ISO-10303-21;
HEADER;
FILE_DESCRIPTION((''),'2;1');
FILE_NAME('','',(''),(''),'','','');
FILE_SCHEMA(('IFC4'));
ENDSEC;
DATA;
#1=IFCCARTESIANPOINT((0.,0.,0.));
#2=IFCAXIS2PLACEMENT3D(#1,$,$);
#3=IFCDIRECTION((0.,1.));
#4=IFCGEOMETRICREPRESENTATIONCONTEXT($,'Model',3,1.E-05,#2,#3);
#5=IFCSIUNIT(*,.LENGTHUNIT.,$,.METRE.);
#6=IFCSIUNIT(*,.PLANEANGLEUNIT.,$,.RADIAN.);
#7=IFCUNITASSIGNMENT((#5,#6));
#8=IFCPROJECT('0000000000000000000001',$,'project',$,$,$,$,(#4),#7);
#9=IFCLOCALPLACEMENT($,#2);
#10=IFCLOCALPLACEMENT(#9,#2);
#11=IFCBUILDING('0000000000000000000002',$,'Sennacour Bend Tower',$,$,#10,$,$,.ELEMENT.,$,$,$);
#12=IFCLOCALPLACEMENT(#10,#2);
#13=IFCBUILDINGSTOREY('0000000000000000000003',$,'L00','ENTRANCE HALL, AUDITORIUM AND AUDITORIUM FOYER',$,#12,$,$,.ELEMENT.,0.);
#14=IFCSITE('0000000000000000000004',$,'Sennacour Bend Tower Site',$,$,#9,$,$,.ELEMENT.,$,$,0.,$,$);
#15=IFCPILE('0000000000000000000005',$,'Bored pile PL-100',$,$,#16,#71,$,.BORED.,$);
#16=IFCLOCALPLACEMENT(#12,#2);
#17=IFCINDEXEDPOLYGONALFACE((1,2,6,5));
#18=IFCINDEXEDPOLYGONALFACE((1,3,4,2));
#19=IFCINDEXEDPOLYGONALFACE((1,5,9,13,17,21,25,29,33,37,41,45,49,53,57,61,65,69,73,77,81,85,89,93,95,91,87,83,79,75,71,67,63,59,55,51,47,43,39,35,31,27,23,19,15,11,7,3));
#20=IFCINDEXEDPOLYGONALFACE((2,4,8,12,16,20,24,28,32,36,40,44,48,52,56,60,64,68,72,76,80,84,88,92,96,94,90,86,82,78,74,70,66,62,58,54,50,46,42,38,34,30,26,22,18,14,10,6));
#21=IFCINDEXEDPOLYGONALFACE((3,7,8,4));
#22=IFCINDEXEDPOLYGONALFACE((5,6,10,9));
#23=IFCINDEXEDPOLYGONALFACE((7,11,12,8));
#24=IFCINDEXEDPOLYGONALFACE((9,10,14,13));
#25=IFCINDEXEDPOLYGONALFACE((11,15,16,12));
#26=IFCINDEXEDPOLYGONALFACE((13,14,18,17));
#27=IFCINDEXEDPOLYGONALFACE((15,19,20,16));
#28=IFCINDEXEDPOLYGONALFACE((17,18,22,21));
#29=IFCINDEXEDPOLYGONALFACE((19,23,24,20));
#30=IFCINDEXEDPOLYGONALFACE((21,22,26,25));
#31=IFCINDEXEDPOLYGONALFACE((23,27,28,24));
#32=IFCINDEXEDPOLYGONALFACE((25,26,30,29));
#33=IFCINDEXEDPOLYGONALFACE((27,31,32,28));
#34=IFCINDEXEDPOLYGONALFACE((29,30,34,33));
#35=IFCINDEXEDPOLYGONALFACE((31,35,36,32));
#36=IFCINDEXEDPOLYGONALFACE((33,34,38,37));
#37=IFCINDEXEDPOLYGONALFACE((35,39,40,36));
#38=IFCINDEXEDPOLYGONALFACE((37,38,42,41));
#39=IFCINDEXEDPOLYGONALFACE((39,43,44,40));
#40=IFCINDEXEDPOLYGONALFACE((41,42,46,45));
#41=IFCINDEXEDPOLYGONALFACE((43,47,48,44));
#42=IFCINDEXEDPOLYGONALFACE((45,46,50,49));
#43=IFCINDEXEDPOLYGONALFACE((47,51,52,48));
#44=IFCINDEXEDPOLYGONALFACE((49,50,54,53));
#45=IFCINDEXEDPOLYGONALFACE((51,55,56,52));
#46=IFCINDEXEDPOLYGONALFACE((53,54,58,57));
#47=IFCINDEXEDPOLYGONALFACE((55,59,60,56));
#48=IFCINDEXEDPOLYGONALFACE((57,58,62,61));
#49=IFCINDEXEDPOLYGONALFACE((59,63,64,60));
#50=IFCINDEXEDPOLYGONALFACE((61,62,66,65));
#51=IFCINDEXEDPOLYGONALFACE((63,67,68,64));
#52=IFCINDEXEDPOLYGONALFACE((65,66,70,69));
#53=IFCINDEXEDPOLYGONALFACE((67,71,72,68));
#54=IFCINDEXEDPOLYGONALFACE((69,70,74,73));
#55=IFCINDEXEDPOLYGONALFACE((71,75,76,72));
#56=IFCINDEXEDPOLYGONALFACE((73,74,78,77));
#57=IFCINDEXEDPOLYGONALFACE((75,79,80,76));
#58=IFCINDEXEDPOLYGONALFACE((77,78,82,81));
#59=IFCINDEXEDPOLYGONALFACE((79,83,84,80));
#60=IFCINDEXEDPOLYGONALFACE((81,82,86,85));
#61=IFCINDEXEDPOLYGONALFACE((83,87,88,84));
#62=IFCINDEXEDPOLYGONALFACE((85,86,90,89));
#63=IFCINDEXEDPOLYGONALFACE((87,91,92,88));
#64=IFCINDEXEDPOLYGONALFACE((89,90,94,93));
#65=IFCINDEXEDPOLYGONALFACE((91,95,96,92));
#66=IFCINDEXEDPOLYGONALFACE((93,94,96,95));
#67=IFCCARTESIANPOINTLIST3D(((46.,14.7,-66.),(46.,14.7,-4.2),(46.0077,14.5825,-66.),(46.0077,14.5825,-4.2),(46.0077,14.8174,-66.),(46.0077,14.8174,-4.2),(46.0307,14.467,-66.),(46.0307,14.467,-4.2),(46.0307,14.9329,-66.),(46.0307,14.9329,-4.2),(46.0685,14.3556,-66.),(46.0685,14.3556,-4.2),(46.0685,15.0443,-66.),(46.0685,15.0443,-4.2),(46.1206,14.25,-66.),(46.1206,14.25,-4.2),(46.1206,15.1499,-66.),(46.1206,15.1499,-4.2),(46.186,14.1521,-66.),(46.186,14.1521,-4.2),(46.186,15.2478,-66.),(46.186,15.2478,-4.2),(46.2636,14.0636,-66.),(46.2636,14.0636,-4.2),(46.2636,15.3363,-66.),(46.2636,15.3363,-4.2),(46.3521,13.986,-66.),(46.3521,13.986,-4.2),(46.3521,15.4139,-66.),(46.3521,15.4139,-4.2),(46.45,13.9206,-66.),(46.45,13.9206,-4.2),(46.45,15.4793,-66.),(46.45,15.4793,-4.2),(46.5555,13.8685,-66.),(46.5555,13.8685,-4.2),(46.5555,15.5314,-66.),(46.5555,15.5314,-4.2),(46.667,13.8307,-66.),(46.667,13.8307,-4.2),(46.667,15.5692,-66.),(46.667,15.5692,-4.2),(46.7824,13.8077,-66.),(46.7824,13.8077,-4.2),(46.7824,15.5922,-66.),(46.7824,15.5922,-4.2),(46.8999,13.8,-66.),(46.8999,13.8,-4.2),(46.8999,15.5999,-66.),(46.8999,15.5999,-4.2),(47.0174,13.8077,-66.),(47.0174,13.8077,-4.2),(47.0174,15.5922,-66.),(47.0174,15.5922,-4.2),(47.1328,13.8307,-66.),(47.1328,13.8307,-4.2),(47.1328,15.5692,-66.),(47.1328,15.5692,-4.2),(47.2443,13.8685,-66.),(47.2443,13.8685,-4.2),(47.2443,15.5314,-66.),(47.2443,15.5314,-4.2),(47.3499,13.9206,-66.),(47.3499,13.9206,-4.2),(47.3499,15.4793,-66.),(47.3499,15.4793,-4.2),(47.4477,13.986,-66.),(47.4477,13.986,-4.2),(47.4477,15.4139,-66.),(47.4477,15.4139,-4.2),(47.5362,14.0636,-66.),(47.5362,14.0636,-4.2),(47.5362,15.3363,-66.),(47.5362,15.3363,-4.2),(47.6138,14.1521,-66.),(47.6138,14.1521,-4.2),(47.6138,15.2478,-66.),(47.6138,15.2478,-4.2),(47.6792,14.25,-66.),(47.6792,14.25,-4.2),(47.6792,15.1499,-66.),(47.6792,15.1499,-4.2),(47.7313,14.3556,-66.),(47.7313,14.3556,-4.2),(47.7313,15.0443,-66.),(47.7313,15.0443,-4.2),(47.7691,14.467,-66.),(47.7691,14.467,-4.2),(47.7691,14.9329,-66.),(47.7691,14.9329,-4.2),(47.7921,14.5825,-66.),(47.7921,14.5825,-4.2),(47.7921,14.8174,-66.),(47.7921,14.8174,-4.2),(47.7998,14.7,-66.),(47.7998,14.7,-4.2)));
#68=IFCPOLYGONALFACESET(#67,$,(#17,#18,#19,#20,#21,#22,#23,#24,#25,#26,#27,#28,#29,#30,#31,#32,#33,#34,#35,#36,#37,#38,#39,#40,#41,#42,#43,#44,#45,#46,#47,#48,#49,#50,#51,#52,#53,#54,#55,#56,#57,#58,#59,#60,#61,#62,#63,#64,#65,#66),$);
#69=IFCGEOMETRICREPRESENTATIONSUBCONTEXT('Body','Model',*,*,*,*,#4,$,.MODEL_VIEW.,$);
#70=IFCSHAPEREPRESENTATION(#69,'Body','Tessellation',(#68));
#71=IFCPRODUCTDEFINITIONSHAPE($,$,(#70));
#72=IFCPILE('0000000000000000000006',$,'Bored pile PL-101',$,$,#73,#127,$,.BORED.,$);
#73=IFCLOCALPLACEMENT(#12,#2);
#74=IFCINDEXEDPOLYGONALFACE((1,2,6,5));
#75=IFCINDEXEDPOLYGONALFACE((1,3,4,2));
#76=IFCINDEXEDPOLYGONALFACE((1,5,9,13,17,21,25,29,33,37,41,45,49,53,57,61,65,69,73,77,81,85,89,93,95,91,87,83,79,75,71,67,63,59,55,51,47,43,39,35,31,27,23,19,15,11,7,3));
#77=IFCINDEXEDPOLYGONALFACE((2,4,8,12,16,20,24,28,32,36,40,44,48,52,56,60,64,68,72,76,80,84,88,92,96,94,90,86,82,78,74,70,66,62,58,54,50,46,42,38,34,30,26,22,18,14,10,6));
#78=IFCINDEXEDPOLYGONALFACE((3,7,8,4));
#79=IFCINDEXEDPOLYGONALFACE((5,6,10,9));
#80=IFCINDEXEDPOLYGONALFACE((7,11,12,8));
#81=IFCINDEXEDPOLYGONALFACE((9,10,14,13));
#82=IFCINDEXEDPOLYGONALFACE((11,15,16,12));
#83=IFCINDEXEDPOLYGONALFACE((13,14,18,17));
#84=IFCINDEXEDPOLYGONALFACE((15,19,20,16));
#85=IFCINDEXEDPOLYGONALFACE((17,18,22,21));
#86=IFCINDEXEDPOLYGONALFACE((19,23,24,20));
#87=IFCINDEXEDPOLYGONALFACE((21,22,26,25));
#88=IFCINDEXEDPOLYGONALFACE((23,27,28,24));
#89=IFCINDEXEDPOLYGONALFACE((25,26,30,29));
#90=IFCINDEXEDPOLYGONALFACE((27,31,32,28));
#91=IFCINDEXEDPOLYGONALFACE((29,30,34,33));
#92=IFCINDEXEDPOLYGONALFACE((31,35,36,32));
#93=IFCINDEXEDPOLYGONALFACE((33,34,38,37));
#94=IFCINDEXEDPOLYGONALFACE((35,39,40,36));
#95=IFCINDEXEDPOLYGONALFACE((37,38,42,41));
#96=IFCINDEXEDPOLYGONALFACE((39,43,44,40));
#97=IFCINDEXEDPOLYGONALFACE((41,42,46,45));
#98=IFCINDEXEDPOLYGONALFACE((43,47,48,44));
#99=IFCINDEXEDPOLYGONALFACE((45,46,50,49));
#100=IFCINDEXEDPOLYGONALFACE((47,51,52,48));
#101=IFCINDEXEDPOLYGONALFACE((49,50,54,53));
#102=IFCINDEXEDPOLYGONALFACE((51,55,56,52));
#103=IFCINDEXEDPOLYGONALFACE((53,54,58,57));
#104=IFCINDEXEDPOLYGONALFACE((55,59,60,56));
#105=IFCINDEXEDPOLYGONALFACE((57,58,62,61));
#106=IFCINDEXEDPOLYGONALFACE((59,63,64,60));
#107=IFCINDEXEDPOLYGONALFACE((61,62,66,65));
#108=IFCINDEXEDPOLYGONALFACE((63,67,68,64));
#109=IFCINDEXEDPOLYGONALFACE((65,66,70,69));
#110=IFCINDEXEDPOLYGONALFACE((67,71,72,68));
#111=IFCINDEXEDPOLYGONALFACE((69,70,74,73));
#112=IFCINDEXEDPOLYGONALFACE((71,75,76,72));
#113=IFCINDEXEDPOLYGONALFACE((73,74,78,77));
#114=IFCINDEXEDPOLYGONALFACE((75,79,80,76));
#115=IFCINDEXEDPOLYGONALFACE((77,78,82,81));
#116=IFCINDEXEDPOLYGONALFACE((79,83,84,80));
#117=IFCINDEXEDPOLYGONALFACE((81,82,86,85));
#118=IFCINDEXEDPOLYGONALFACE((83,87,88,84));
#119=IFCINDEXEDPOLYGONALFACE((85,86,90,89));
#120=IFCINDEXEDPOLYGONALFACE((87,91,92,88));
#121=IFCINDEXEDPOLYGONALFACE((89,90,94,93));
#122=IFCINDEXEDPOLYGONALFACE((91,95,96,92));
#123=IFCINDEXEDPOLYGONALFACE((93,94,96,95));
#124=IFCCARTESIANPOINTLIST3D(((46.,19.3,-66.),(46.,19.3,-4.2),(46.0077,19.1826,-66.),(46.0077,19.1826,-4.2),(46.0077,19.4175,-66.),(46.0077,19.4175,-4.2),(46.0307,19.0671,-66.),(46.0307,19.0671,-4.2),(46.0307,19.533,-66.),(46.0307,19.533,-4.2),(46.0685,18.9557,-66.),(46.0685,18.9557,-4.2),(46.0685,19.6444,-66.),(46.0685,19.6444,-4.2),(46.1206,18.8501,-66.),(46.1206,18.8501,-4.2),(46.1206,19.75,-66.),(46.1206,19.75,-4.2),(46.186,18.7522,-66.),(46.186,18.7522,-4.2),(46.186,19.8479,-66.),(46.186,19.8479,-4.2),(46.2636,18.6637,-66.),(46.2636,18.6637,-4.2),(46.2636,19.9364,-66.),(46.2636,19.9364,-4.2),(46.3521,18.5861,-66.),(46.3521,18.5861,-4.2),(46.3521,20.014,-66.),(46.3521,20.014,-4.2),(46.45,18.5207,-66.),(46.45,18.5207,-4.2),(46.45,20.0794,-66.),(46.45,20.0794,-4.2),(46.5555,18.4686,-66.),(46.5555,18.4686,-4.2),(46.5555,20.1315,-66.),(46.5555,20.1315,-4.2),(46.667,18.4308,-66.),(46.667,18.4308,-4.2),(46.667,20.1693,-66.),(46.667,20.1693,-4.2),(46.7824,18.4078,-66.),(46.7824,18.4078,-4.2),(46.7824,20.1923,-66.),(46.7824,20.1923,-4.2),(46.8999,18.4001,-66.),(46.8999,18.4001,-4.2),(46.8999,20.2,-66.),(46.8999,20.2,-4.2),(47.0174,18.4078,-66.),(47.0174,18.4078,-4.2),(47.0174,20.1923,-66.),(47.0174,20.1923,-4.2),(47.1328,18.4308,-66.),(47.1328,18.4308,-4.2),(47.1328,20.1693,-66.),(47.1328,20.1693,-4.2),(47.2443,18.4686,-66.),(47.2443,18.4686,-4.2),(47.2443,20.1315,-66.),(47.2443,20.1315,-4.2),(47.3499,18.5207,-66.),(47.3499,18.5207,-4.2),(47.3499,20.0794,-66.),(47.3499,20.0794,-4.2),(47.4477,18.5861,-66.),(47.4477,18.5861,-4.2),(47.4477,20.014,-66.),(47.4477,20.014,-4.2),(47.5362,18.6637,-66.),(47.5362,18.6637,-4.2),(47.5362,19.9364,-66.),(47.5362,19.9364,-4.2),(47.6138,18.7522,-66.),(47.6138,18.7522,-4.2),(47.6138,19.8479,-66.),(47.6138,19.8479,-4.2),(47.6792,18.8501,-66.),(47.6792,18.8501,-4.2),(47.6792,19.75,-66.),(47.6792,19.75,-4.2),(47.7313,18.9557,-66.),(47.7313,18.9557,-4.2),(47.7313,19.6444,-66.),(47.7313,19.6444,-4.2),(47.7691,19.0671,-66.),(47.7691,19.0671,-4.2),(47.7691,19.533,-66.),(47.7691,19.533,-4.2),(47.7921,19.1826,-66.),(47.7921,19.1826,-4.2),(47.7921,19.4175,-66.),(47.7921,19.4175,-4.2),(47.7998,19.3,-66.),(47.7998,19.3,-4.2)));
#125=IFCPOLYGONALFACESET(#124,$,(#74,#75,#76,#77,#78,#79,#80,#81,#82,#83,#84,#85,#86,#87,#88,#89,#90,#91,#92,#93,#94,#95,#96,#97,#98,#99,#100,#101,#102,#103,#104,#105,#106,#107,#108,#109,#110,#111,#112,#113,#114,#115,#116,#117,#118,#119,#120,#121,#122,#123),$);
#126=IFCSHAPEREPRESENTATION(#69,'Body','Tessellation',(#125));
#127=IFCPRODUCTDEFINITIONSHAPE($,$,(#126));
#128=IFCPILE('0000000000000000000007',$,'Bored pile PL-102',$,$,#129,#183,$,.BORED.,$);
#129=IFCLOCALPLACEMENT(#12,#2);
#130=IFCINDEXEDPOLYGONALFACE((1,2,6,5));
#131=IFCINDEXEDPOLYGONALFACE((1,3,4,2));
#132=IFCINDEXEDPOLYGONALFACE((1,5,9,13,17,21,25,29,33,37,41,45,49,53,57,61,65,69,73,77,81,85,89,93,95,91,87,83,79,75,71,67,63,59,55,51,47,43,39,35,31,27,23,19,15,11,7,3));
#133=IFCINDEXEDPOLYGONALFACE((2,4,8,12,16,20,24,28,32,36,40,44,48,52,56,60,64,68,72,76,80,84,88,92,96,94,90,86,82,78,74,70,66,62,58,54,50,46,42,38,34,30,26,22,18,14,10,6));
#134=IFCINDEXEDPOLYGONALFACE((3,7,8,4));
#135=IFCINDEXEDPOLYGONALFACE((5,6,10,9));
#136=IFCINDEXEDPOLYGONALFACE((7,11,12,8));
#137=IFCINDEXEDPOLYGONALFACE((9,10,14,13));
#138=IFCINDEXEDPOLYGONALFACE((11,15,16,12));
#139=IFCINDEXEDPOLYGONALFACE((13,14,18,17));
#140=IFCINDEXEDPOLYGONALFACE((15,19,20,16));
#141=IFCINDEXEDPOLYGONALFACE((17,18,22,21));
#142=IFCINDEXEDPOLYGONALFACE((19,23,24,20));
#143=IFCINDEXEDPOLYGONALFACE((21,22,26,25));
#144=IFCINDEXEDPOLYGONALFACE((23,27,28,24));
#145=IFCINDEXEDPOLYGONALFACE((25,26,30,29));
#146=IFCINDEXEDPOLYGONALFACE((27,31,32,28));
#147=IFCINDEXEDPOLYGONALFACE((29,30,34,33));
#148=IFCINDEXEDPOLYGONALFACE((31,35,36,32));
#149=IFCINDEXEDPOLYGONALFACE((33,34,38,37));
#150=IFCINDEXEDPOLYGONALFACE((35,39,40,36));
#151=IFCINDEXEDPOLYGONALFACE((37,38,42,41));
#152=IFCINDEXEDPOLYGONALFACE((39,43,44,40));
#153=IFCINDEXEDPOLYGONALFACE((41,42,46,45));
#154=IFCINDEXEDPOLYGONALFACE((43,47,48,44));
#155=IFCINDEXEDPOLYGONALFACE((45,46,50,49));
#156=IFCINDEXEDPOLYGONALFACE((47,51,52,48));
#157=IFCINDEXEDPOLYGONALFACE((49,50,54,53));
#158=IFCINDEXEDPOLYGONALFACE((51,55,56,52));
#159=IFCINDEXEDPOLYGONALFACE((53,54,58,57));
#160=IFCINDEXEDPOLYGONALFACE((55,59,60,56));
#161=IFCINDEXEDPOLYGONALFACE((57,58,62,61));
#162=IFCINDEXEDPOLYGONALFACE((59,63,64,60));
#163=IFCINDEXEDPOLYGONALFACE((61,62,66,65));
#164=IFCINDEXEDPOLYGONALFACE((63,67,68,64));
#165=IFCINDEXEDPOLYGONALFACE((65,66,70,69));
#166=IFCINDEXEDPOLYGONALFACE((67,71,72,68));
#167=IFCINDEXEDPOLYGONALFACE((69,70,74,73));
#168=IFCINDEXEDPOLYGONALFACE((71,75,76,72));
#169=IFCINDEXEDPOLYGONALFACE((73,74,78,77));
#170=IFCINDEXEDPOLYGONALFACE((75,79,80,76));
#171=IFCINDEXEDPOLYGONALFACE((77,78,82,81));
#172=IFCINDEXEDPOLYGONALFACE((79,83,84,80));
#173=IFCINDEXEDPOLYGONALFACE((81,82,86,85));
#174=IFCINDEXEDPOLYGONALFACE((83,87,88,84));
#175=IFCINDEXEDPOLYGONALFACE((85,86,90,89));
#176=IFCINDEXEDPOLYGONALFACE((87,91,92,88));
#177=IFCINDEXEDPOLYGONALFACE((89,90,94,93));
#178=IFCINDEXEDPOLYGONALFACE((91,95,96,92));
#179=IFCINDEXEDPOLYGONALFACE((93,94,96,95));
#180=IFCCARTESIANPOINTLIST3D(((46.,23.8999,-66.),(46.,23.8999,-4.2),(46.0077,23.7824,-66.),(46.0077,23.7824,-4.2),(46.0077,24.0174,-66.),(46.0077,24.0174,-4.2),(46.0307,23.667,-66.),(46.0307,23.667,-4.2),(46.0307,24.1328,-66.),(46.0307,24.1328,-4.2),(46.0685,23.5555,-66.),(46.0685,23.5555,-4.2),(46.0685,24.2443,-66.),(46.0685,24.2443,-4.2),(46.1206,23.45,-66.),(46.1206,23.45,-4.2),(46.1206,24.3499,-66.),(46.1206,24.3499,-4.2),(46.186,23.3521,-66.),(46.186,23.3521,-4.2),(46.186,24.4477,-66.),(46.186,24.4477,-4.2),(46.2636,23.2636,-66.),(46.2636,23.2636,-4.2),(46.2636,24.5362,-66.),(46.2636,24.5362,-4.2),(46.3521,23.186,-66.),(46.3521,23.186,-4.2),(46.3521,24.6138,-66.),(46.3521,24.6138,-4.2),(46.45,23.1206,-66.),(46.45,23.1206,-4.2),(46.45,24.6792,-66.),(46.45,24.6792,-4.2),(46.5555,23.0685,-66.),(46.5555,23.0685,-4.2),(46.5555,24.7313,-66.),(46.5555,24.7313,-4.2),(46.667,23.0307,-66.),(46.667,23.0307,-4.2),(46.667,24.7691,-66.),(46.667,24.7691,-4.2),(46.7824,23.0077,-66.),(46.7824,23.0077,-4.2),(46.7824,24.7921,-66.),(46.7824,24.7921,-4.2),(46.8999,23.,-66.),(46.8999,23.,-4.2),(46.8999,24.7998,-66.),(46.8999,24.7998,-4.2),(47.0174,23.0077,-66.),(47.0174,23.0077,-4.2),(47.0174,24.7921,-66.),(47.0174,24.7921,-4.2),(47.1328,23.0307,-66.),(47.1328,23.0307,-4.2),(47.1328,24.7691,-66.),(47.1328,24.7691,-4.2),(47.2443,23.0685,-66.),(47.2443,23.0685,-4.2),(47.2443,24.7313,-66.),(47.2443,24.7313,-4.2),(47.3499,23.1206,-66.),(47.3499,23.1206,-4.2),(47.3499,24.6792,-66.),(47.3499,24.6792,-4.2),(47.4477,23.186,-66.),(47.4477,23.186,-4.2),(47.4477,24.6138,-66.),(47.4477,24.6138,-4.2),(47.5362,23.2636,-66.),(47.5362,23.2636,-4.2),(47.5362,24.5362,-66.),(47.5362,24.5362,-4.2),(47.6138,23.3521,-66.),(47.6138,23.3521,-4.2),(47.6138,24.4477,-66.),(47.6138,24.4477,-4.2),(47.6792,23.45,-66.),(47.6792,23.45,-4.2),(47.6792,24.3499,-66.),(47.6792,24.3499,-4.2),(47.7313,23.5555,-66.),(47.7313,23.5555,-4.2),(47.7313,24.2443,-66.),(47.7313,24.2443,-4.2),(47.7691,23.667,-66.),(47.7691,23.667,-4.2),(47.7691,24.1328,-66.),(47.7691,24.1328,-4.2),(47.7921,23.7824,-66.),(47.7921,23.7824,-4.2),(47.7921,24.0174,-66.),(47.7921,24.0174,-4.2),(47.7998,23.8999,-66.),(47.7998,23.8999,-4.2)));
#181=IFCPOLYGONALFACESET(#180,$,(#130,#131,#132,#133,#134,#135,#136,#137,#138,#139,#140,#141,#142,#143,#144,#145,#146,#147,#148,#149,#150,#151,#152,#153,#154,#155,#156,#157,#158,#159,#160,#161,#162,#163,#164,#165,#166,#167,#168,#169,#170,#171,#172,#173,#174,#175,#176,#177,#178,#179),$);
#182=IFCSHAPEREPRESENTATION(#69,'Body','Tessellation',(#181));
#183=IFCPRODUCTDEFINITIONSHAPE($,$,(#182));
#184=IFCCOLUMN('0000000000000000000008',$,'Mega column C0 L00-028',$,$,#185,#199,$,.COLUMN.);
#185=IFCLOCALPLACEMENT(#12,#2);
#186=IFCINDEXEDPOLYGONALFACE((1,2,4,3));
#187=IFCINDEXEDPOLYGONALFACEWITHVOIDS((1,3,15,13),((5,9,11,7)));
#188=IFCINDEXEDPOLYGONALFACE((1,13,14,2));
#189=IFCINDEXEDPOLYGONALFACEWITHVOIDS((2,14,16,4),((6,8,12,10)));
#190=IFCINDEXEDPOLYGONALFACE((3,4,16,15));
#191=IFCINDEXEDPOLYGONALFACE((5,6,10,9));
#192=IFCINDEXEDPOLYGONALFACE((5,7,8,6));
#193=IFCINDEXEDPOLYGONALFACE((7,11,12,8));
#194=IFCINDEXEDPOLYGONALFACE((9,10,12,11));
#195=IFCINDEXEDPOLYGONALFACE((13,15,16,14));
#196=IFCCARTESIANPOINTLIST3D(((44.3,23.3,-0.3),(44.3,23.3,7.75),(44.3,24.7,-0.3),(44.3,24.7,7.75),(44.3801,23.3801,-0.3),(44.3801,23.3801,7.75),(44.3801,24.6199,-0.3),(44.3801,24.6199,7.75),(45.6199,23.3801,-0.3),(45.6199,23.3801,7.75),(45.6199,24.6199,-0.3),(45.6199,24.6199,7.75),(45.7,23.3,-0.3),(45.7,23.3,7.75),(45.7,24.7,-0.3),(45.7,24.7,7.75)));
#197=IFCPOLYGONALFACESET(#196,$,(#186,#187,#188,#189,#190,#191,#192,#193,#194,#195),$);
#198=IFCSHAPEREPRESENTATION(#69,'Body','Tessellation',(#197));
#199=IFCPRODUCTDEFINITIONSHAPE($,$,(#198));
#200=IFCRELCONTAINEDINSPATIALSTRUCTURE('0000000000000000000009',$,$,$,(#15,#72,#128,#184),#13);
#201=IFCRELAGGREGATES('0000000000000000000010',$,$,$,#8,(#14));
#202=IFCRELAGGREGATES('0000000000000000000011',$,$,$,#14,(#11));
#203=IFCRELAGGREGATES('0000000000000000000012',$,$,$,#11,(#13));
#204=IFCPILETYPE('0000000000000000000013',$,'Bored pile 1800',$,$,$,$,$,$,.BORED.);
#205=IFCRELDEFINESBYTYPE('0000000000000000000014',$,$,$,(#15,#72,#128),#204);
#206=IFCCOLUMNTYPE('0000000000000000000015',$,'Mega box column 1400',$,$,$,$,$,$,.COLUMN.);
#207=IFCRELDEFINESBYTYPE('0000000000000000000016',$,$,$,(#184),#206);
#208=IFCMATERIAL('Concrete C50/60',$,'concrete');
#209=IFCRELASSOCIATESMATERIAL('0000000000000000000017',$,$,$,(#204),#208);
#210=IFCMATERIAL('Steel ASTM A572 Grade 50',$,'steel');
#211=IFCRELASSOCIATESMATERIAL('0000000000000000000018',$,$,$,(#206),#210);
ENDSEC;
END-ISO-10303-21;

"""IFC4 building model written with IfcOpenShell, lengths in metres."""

from ifc_helpers import new_model, si_unit, direction, frame, origin, origin_2d, place, context, subcontext, project, spatial, hollow_rectangle, circle, extrude, material, material_profile, profile_set, type_object, element, save


model = new_model("IFC4")

# Units and contexts
model_context = context("Model", 3, precision=1e-05, world=origin(), true_north=direction((0.0, 1.0)))
body_context = subcontext(model_context, "Body", "Model", "MODEL_VIEW")
ifc_project = project(units=[si_unit("LENGTHUNIT", "METRE"), si_unit("PLANEANGLEUNIT", "RADIAN")], contexts=[model_context])

# Site, building, storey
site_placement = place(None, origin())
site = spatial("IfcSite", under=ifc_project, at=site_placement, Name="Sennacour Bend Tower Site", CompositionType="ELEMENT", RefElevation=0.0)
building_placement = place(site_placement, origin())
building = spatial("IfcBuilding", under=site, at=building_placement, Name="Sennacour Bend Tower", CompositionType="ELEMENT")
storey_placement = place(building_placement, origin())
storey = spatial("IfcBuildingStorey", under=building, at=storey_placement, Name="L00", Description="ENTRANCE HALL, AUDITORIUM AND AUDITORIUM FOYER", CompositionType="ELEMENT", Elevation=0.0)

# Piles
ifc_material_1 = material(Name="Concrete C50/60", Category="concrete")
ifc_material_profile_1 = material_profile(ifc_material_1, circle(Radius=0.8999, at=origin_2d()), Name="Concrete C50/60", Category="concrete")
ifc_profile_set_1 = profile_set([ifc_material_profile_1], Name="Concrete C50/60")
pile_type = type_object("IfcPileType", Name="Bored pile 1800", PredefinedType="BORED", material=ifc_profile_set_1)
for number, where, z_axis, x_axis, name in (
    (1, (46.8999, 14.7, -4.2), (0.0, 0.0, -1.0), (1.0, 0.0, 0.0), "Bored pile PL-100"),
    (2, (46.8999, 19.3, -4.2), (0.0, 0.0, -1.0), (1.0, 0.0, 0.0), "Bored pile PL-101"),
    (3, (46.8999, 23.8999, -4.2), (0.0, 0.0, -1.0), (1.0, 0.0, 0.0), "Bored pile PL-102"),
):
    element("IfcPile", number, at=place(storey_placement, frame(where, z_axis=z_axis, x_axis=x_axis)), inside=storey, type_object=pile_type, Name=name, PredefinedType="BORED", context=body_context, shape_type="SweptSolid", body=[
        extrude(circle(Radius=0.8999, at=origin_2d()), origin(), (0.0, 0.0, 1.0), 61.8),
    ])

# Column
ifc_material_2 = material(Name="Steel ASTM A572 Grade 50", Category="steel")
ifc_material_profile_2 = material_profile(ifc_material_2, hollow_rectangle(XDim=1.3999, YDim=1.3999, WallThickness=0.0801, at=origin_2d()), Name="Steel ASTM A572 Grade 50", Category="steel")
ifc_profile_set_2 = profile_set([ifc_material_profile_2], Name="Steel ASTM A572 Grade 50")
column_type = type_object("IfcColumnType", Name="Mega box column 1400", PredefinedType="COLUMN", material=ifc_profile_set_2)
column_placement = place(storey_placement, frame((45.0, 24.0, -0.3), z_axis=(0.0, 0.0, 1.0), x_axis=(1.0, 0.0, 0.0)))
element("IfcColumn", 4, at=column_placement, inside=storey, type_object=column_type, Name="Mega column C0 L00-028", PredefinedType="COLUMN", context=body_context, shape_type="SweptSolid", body=[
    extrude(hollow_rectangle(XDim=1.3999, YDim=1.3999, WallThickness=0.0801, at=origin_2d()), origin(), (0.0, 0.0, 1.0), 8.05),
])

save(model, "model.ifc")
